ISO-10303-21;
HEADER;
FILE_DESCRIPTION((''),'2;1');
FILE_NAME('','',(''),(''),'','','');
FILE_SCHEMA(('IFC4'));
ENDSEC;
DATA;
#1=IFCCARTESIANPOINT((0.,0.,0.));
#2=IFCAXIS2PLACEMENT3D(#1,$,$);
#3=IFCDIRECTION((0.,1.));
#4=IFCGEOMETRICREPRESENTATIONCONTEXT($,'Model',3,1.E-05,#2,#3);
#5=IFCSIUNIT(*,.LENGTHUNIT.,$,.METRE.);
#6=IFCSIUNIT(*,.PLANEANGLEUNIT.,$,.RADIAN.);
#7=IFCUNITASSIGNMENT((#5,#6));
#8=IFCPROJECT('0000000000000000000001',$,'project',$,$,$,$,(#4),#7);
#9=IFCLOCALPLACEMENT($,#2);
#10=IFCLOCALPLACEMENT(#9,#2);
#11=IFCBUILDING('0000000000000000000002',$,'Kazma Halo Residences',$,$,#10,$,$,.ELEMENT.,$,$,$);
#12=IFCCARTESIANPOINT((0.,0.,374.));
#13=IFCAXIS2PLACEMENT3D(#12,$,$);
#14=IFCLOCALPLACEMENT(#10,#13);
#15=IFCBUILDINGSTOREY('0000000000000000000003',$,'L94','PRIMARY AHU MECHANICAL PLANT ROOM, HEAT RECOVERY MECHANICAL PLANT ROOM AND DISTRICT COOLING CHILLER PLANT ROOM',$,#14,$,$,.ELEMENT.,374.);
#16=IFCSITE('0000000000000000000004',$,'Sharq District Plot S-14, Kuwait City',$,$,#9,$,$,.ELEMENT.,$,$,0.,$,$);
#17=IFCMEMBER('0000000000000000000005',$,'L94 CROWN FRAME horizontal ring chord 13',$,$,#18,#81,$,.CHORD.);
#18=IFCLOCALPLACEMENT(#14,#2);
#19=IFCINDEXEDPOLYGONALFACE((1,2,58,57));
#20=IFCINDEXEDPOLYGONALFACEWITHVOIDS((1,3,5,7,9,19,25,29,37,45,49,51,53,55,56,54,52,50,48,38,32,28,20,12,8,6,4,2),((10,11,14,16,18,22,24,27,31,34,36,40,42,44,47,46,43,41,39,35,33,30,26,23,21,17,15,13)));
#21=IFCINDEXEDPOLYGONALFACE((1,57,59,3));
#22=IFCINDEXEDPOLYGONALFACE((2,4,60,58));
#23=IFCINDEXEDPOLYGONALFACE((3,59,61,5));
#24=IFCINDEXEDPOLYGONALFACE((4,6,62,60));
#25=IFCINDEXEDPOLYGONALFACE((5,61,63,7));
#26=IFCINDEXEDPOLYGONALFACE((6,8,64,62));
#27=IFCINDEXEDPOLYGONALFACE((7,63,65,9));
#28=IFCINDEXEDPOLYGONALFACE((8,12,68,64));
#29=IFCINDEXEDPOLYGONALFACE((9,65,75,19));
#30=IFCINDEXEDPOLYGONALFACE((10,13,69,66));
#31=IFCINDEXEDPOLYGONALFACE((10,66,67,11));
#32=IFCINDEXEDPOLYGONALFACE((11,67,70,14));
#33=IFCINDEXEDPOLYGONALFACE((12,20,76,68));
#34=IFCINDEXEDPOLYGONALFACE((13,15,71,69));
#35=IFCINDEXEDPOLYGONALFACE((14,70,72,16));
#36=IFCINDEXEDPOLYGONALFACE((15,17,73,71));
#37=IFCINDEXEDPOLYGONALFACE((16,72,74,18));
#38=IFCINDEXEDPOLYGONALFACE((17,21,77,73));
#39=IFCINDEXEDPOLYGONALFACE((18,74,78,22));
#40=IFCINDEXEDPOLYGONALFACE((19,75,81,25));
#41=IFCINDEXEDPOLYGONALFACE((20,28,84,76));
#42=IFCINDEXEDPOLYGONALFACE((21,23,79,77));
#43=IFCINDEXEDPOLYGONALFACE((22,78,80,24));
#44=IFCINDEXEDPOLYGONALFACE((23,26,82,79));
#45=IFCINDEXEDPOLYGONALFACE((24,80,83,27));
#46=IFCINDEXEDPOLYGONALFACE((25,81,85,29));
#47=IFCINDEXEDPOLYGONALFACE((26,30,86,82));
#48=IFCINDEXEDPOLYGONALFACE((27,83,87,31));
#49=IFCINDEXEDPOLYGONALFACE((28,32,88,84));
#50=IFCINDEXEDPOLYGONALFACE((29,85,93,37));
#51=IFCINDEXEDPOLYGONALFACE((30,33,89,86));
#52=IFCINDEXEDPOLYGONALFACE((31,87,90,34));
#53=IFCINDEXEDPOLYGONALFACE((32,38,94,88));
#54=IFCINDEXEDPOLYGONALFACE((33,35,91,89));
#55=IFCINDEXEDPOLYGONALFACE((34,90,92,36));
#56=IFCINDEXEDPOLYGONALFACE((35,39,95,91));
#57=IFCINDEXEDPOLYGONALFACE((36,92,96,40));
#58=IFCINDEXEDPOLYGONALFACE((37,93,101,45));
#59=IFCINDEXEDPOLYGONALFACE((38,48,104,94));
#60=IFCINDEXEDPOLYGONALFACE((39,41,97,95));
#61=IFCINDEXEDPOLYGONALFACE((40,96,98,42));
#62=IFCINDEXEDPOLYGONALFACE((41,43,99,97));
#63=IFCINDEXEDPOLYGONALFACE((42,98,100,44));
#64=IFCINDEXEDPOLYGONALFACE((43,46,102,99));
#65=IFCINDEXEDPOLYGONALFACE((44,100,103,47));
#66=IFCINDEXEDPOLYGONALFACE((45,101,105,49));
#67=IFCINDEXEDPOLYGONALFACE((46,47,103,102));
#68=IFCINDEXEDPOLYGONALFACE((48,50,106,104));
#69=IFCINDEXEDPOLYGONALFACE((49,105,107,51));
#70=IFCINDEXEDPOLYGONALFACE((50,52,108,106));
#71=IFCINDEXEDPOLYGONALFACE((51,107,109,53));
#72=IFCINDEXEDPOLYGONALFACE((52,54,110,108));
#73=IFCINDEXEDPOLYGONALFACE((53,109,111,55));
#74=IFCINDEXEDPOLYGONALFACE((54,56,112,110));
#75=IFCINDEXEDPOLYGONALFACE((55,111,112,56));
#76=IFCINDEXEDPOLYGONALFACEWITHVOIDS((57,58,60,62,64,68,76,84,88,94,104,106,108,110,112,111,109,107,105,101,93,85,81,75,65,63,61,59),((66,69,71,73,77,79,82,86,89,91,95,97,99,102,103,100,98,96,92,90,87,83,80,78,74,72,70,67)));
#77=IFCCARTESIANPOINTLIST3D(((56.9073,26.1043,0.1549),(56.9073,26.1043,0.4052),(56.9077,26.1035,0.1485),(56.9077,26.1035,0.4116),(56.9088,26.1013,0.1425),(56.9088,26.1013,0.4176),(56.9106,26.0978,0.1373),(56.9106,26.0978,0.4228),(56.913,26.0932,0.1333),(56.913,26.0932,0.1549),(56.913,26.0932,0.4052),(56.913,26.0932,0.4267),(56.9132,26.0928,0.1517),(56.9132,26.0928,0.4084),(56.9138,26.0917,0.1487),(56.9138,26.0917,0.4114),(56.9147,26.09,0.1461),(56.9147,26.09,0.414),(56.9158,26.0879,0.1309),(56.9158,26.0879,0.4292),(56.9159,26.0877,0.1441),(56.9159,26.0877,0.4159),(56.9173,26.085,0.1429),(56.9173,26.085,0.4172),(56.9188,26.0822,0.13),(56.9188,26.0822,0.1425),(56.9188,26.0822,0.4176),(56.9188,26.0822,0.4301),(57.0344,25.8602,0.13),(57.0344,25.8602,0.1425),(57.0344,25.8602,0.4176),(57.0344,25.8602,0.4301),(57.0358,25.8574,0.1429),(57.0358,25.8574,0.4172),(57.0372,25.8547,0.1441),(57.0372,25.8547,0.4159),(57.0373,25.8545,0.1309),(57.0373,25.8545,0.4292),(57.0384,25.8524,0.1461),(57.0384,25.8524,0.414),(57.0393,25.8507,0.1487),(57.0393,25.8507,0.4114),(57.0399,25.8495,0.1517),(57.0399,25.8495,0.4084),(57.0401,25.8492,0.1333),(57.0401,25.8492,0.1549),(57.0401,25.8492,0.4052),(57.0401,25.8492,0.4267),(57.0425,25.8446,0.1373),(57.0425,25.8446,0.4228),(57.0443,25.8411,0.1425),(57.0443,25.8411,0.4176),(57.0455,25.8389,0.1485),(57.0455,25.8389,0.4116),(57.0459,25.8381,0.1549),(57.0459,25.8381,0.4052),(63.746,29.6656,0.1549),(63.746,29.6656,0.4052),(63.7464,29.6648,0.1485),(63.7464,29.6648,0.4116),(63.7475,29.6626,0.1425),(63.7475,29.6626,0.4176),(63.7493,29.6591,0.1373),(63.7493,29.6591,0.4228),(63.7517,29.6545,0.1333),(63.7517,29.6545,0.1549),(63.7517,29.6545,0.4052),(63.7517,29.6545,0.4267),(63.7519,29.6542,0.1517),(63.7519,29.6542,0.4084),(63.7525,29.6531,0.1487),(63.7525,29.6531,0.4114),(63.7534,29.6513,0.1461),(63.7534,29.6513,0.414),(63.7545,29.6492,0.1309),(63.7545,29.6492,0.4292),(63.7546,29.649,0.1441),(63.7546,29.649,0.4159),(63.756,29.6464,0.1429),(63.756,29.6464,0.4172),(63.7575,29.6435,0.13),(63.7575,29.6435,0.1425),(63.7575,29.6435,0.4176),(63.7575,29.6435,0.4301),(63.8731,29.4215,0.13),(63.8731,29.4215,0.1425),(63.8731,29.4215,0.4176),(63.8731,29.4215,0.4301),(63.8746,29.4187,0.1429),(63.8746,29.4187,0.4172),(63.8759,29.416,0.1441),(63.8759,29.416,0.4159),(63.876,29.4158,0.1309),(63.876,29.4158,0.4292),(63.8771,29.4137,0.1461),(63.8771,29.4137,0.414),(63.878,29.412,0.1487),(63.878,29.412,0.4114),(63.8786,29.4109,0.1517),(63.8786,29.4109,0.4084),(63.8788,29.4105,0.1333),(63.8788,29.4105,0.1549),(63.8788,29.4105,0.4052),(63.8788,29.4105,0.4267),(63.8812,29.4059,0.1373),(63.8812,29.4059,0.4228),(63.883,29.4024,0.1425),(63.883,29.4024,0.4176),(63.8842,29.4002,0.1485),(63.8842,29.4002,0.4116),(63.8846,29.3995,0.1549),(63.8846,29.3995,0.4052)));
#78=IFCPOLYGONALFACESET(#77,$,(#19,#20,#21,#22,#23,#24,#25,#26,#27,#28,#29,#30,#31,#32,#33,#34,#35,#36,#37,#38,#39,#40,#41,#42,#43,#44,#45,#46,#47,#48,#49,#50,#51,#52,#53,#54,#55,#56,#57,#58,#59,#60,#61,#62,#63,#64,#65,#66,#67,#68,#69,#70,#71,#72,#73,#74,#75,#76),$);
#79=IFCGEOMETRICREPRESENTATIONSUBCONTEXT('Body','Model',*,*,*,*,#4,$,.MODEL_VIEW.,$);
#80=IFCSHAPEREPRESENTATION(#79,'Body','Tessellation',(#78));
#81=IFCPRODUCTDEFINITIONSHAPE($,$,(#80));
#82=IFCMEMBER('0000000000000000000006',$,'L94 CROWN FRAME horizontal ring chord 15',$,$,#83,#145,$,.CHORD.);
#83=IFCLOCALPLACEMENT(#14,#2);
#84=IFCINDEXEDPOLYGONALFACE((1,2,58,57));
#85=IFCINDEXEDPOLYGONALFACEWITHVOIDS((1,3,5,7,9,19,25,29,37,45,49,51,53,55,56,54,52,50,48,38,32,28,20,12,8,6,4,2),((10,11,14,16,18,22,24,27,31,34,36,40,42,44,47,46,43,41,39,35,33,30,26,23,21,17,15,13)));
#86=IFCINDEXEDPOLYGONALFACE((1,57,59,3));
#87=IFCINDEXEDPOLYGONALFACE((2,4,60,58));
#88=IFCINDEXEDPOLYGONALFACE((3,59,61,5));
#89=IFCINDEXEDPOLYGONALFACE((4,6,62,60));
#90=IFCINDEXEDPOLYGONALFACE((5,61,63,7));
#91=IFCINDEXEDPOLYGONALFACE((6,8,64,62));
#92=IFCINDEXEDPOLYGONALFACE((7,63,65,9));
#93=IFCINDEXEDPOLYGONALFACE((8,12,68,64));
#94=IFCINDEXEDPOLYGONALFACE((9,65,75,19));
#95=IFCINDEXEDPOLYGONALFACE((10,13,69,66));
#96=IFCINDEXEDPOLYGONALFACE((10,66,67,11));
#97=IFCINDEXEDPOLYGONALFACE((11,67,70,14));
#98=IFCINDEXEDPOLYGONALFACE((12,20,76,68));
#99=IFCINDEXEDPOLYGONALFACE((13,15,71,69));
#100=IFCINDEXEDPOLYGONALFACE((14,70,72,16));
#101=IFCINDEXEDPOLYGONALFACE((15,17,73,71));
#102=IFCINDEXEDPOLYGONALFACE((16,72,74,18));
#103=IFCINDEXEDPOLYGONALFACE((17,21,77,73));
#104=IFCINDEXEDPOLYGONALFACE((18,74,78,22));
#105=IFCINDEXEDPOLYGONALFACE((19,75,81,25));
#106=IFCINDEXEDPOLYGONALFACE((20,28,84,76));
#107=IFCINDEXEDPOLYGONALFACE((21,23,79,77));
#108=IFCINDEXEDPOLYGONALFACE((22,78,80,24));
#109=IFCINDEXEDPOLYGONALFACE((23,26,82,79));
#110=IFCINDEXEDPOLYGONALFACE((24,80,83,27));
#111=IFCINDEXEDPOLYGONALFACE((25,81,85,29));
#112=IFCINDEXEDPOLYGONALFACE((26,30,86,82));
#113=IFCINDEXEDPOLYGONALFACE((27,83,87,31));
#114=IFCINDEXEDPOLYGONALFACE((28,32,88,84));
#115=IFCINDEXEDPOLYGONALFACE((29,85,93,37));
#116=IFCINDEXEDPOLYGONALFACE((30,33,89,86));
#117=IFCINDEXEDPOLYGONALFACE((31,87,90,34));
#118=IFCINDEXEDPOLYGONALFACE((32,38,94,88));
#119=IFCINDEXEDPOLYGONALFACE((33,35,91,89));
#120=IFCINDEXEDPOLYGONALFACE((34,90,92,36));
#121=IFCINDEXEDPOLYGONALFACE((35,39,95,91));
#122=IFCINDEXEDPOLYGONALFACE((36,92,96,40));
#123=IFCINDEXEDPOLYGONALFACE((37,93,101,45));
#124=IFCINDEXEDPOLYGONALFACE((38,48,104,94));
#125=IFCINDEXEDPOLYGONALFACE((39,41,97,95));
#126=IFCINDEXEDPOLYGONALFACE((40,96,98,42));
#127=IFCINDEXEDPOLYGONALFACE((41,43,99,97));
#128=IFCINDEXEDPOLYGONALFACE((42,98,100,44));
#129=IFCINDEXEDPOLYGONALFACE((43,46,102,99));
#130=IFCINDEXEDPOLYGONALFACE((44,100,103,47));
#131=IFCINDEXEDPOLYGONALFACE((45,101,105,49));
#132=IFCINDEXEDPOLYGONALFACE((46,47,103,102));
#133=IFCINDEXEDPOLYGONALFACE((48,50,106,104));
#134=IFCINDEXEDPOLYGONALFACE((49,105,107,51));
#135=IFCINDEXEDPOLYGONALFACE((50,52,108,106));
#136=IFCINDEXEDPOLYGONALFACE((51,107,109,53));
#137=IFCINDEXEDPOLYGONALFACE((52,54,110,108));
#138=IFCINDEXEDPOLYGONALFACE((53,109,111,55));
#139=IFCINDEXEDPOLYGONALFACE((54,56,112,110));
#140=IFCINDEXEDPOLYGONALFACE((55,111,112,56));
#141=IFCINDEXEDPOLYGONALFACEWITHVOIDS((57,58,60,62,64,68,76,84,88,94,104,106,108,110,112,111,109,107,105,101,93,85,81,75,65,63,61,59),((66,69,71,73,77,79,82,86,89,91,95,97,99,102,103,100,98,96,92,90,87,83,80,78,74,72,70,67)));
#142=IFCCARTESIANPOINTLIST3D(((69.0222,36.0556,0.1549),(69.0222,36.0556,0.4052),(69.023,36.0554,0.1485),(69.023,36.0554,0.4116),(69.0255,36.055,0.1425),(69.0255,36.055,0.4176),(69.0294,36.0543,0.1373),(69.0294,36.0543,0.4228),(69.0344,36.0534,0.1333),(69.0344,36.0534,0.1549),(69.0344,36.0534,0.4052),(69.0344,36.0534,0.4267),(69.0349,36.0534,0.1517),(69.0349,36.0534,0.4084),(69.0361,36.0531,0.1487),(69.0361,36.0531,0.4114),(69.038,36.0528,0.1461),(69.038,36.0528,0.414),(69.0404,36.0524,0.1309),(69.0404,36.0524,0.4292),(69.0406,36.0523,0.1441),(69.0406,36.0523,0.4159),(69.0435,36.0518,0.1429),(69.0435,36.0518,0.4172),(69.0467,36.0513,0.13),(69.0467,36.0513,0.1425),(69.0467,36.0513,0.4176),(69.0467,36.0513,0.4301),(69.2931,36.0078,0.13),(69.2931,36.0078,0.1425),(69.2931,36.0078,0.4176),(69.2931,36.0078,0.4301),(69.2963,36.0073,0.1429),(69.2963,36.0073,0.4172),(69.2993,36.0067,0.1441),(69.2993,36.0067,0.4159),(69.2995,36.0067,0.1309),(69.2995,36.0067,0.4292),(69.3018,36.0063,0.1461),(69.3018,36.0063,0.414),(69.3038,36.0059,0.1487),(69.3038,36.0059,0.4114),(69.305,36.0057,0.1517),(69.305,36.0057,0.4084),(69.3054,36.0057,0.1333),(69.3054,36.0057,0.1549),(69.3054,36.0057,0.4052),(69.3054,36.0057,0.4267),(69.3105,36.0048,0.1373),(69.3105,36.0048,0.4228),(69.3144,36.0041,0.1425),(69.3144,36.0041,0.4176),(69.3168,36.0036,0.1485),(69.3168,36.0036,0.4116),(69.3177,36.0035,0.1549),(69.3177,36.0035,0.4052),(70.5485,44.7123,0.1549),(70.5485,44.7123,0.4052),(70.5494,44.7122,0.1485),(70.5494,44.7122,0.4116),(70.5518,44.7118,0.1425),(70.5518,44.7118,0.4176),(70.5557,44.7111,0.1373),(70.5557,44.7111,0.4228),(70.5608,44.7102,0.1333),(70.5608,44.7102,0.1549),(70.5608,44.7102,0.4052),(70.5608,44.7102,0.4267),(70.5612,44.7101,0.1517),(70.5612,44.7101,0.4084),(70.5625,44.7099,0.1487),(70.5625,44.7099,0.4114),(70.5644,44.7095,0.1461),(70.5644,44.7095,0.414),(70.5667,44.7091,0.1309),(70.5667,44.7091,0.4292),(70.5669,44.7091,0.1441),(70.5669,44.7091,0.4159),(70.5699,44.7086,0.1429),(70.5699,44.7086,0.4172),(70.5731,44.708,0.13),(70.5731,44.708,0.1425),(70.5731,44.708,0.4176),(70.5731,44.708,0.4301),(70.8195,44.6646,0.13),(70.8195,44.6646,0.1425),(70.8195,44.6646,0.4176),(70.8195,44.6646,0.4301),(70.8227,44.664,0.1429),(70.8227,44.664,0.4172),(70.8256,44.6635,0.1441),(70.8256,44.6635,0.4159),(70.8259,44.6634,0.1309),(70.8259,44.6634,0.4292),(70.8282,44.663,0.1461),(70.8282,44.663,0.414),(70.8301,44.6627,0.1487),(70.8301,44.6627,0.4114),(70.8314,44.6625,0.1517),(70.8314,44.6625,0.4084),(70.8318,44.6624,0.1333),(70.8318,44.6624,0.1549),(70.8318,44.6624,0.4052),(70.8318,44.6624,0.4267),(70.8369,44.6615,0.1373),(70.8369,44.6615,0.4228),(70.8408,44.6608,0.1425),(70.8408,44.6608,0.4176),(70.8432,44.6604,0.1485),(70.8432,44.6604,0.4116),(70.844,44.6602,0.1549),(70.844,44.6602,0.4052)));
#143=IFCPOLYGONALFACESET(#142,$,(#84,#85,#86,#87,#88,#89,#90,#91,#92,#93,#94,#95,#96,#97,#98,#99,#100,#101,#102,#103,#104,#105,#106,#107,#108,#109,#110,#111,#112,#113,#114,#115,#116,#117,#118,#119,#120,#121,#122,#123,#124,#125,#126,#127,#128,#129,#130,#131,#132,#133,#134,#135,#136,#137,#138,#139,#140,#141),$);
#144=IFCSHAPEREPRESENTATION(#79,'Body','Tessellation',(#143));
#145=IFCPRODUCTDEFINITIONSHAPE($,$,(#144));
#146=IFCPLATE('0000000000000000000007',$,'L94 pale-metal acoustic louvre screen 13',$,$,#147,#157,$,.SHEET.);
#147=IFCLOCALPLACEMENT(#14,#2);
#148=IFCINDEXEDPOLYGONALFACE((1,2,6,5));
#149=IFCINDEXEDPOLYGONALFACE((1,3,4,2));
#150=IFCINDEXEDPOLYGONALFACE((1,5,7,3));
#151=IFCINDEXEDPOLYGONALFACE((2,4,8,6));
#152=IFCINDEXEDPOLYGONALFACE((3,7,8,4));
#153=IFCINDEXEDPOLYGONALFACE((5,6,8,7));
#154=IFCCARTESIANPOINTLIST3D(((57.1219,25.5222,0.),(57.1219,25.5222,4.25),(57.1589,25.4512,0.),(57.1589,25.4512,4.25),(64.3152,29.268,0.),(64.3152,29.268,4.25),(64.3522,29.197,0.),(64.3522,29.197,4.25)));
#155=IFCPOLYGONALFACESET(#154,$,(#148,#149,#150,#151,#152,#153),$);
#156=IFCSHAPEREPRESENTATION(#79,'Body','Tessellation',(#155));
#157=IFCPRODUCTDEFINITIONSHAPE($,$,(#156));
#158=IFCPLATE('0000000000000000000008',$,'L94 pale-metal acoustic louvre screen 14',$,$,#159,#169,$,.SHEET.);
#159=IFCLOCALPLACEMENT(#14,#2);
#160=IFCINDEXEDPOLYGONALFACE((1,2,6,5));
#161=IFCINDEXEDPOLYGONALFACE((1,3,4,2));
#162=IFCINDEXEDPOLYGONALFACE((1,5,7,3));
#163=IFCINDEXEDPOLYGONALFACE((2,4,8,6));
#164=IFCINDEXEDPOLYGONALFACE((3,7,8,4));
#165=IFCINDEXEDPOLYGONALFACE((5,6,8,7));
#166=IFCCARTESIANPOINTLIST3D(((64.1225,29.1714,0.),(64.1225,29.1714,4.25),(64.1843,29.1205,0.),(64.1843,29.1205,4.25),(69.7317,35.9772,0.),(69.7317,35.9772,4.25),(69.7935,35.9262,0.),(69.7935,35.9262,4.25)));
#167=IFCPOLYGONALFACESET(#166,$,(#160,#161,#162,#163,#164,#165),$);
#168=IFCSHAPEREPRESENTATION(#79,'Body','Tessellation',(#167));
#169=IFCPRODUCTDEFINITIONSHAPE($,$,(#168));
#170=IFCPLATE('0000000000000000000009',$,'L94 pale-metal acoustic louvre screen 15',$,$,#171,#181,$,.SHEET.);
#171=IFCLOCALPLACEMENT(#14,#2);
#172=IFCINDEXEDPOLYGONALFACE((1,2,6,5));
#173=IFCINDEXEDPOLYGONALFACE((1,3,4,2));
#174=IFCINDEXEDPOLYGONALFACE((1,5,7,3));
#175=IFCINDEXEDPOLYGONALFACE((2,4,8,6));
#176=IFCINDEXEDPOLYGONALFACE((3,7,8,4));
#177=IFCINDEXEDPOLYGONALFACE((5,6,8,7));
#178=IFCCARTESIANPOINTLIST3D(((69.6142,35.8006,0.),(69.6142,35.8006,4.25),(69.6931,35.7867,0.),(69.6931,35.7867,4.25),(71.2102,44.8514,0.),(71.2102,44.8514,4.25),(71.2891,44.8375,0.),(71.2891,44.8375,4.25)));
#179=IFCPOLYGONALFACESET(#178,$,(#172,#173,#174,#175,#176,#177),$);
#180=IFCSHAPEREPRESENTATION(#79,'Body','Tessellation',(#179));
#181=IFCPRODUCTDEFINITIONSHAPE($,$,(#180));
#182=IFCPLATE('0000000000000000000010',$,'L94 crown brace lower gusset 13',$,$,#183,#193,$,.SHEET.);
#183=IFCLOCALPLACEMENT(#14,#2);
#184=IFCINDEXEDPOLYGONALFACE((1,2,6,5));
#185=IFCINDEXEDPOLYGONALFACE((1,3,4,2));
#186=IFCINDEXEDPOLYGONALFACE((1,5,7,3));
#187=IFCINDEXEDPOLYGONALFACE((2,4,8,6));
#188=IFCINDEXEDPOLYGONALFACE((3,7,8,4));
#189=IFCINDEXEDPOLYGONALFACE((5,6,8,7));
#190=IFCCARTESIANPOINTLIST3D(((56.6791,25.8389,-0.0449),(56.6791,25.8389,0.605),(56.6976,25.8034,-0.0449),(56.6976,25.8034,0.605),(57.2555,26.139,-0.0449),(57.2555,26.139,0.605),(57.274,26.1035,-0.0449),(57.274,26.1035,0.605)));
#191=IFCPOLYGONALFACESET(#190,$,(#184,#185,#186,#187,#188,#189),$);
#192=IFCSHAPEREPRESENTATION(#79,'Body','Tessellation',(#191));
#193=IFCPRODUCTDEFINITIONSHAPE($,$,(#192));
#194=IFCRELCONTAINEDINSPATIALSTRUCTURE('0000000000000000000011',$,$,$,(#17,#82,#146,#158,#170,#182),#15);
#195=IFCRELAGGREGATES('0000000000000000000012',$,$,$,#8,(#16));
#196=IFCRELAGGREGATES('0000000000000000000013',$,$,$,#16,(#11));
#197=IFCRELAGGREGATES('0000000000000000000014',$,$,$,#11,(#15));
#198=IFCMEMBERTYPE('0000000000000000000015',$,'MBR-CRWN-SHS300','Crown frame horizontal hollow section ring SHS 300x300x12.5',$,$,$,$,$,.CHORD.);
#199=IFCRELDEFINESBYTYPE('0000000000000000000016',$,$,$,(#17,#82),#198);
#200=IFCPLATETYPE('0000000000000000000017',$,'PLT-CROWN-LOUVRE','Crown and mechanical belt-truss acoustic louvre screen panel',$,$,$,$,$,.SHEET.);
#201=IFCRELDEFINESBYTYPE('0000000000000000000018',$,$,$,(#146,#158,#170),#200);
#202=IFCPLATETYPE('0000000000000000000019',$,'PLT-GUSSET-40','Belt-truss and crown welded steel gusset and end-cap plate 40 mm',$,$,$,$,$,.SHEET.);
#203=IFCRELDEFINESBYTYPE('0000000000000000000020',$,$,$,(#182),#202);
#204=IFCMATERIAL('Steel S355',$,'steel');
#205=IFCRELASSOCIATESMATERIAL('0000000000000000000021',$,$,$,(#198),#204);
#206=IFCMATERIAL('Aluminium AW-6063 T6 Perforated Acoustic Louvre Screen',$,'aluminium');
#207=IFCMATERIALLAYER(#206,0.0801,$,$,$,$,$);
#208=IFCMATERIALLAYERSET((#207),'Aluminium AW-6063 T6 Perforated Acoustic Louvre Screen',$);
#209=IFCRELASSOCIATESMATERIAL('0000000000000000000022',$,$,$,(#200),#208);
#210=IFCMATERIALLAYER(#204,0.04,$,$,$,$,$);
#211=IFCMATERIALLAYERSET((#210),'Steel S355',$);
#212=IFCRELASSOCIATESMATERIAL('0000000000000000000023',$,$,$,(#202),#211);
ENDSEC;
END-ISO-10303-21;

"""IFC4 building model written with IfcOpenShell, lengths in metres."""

from ifc_helpers import new_model, si_unit, direction, frame, origin, origin_2d, place, context, subcontext, project, spatial, rectangle, hollow_rectangle, extrude, material, layer, layer_set, material_profile, profile_set, type_object, element, save


model = new_model("IFC4")

# Units and contexts
model_context = context("Model", 3, precision=1e-05, world=origin(), true_north=direction((0.0, 1.0)))
body_context = subcontext(model_context, "Body", "Model", "MODEL_VIEW")
ifc_project = project(units=[si_unit("LENGTHUNIT", "METRE"), si_unit("PLANEANGLEUNIT", "RADIAN")], contexts=[model_context])

# Site, building, storey
site_placement = place(None, origin())
site = spatial("IfcSite", under=ifc_project, at=site_placement, Name="Sharq District Plot S-14, Kuwait City", CompositionType="ELEMENT", RefElevation=0.0)
building_placement = place(site_placement, origin())
building = spatial("IfcBuilding", under=site, at=building_placement, Name="Kazma Halo Residences", CompositionType="ELEMENT")
storey_placement = place(building_placement, frame((0.0, 0.0, 374.0)))
storey = spatial("IfcBuildingStorey", under=building, at=storey_placement, Name="L94", Description="PRIMARY AHU MECHANICAL PLANT ROOM, HEAT RECOVERY MECHANICAL PLANT ROOM AND DISTRICT COOLING CHILLER PLANT ROOM", CompositionType="ELEMENT", Elevation=374.0)

# Shared definitions
ifc_material_1 = material(Name="Steel S355", Category="steel")

# Members
ifc_material_profile_1 = material_profile(ifc_material_1, hollow_rectangle(XDim=0.3, YDim=0.3, WallThickness=0.0125, InnerFilletRadius=0.0125, OuterFilletRadius=0.0249, at=origin_2d()), Name="SHS300x300x12.5")
ifc_profile_set_1 = profile_set([ifc_material_profile_1], Name="Steel S355")
member_type_1 = type_object("IfcMemberType", Name="MBR-CRWN-SHS300", Description="Crown frame horizontal hollow section ring SHS 300x300x12.5", PredefinedType="CHORD", material=ifc_profile_set_1)
member_1_placement = place(storey_placement, frame((56.9766, 25.9712, 0.28), z_axis=(0.886941, 0.461883, 0.0), x_axis=(-0.461883, 0.886941, 0.0)))
element("IfcMember", 1, at=member_1_placement, inside=storey, type_object=member_type_1, Name="L94 CROWN FRAME horizontal ring chord 13", PredefinedType="CHORD", context=body_context, shape_type="SweptSolid", body=[
    extrude(hollow_rectangle(XDim=0.3, YDim=0.3, WallThickness=0.0125, InnerFilletRadius=0.0125, OuterFilletRadius=0.0249, at=origin_2d()), origin(), (0.0, 0.0, 1.0), 7.7104),
])
member_2_placement = place(storey_placement, frame((69.1699, 36.0295, 0.28), z_axis=(0.173643, 0.984809, 0.0), x_axis=(-0.984809, 0.173643, 0.0)))
element("IfcMember", 2, at=member_2_placement, inside=storey, type_object=member_type_1, Name="L94 CROWN FRAME horizontal ring chord 15", PredefinedType="CHORD", context=body_context, shape_type="SweptSolid", body=[
    extrude(hollow_rectangle(XDim=0.3, YDim=0.3, WallThickness=0.0125, InnerFilletRadius=0.0125, OuterFilletRadius=0.0249, at=origin_2d()), origin(), (0.0, 0.0, 1.0), 8.7903),
])

# Plates
ifc_material_2 = material(Name="Aluminium AW-6063 T6 Perforated Acoustic Louvre Screen", Category="aluminium")
ifc_layer_1 = layer(ifc_material_2, 0.0801)
ifc_layer_set_1 = layer_set([ifc_layer_1], Name="Aluminium AW-6063 T6 Perforated Acoustic Louvre Screen")
plate_type_1 = type_object("IfcPlateType", Name="PLT-CROWN-LOUVRE", Description="Crown and mechanical belt-truss acoustic louvre screen panel", PredefinedType="SHEET", material=ifc_layer_set_1)
plate_1_placement = place(storey_placement, frame((60.7371, 27.3596, 0.0), z_axis=(0.0, 0.0, 1.0), x_axis=(0.88695, 0.461866, 0.0)))
element("IfcPlate", 3, at=plate_1_placement, inside=storey, type_object=plate_type_1, Name="L94 pale-metal acoustic louvre screen 13", PredefinedType="SHEET", context=body_context, shape_type="SweptSolid", body=[
    extrude(rectangle(XDim=8.1101, YDim=0.0801, at=origin_2d()), origin(), (0.0, 0.0, 1.0), 4.25),
])
plate_2_placement = place(storey_placement, frame((66.958, 32.5488, 0.0), z_axis=(0.0, 0.0, 1.0), x_axis=(0.636008, 0.771683, 0.0)))
element("IfcPlate", 4, at=plate_2_placement, inside=storey, type_object=plate_type_1, Name="L94 pale-metal acoustic louvre screen 14", PredefinedType="SHEET", context=body_context, shape_type="SweptSolid", body=[
    extrude(rectangle(XDim=8.8193, YDim=0.0801, at=origin_2d()), origin(), (0.0, 0.0, 1.0), 4.25),
])
plate_3_placement = place(storey_placement, frame((70.4517, 40.3191, 0.0), z_axis=(0.0, 0.0, 1.0), x_axis=(0.173656, 0.984806, 0.0)))
element("IfcPlate", 5, at=plate_3_placement, inside=storey, type_object=plate_type_1, Name="L94 pale-metal acoustic louvre screen 15", PredefinedType="SHEET", context=body_context, shape_type="SweptSolid", body=[
    extrude(rectangle(XDim=9.1904, YDim=0.0801, at=origin_2d()), origin(), (0.0, 0.0, 1.0), 4.25),
])
ifc_layer_2 = layer(ifc_material_1, 0.04)
ifc_layer_set_2 = layer_set([ifc_layer_2], Name="Steel S355")
plate_type_2 = type_object("IfcPlateType", Name="PLT-GUSSET-40", Description="Belt-truss and crown welded steel gusset and end-cap plate 40 mm", PredefinedType="SHEET", material=ifc_layer_set_2)
for number, where, z_axis, x_axis, name in (
    (6, (56.9766, 25.9712, -0.0449), (0.0, 0.0, 1.0), (0.88695, 0.461866, 0.0), "L94 crown brace lower gusset 13"),
):
    element("IfcPlate", number, at=place(storey_placement, frame(where, z_axis=z_axis, x_axis=x_axis)), inside=storey, type_object=plate_type_2, Name=name, PredefinedType="SHEET", context=body_context, shape_type="SweptSolid", body=[
        extrude(rectangle(XDim=0.6499, YDim=0.04, at=origin_2d()), origin(), (0.0, 0.0, 1.0), 0.6499),
    ])

save(model, "model.ifc")
